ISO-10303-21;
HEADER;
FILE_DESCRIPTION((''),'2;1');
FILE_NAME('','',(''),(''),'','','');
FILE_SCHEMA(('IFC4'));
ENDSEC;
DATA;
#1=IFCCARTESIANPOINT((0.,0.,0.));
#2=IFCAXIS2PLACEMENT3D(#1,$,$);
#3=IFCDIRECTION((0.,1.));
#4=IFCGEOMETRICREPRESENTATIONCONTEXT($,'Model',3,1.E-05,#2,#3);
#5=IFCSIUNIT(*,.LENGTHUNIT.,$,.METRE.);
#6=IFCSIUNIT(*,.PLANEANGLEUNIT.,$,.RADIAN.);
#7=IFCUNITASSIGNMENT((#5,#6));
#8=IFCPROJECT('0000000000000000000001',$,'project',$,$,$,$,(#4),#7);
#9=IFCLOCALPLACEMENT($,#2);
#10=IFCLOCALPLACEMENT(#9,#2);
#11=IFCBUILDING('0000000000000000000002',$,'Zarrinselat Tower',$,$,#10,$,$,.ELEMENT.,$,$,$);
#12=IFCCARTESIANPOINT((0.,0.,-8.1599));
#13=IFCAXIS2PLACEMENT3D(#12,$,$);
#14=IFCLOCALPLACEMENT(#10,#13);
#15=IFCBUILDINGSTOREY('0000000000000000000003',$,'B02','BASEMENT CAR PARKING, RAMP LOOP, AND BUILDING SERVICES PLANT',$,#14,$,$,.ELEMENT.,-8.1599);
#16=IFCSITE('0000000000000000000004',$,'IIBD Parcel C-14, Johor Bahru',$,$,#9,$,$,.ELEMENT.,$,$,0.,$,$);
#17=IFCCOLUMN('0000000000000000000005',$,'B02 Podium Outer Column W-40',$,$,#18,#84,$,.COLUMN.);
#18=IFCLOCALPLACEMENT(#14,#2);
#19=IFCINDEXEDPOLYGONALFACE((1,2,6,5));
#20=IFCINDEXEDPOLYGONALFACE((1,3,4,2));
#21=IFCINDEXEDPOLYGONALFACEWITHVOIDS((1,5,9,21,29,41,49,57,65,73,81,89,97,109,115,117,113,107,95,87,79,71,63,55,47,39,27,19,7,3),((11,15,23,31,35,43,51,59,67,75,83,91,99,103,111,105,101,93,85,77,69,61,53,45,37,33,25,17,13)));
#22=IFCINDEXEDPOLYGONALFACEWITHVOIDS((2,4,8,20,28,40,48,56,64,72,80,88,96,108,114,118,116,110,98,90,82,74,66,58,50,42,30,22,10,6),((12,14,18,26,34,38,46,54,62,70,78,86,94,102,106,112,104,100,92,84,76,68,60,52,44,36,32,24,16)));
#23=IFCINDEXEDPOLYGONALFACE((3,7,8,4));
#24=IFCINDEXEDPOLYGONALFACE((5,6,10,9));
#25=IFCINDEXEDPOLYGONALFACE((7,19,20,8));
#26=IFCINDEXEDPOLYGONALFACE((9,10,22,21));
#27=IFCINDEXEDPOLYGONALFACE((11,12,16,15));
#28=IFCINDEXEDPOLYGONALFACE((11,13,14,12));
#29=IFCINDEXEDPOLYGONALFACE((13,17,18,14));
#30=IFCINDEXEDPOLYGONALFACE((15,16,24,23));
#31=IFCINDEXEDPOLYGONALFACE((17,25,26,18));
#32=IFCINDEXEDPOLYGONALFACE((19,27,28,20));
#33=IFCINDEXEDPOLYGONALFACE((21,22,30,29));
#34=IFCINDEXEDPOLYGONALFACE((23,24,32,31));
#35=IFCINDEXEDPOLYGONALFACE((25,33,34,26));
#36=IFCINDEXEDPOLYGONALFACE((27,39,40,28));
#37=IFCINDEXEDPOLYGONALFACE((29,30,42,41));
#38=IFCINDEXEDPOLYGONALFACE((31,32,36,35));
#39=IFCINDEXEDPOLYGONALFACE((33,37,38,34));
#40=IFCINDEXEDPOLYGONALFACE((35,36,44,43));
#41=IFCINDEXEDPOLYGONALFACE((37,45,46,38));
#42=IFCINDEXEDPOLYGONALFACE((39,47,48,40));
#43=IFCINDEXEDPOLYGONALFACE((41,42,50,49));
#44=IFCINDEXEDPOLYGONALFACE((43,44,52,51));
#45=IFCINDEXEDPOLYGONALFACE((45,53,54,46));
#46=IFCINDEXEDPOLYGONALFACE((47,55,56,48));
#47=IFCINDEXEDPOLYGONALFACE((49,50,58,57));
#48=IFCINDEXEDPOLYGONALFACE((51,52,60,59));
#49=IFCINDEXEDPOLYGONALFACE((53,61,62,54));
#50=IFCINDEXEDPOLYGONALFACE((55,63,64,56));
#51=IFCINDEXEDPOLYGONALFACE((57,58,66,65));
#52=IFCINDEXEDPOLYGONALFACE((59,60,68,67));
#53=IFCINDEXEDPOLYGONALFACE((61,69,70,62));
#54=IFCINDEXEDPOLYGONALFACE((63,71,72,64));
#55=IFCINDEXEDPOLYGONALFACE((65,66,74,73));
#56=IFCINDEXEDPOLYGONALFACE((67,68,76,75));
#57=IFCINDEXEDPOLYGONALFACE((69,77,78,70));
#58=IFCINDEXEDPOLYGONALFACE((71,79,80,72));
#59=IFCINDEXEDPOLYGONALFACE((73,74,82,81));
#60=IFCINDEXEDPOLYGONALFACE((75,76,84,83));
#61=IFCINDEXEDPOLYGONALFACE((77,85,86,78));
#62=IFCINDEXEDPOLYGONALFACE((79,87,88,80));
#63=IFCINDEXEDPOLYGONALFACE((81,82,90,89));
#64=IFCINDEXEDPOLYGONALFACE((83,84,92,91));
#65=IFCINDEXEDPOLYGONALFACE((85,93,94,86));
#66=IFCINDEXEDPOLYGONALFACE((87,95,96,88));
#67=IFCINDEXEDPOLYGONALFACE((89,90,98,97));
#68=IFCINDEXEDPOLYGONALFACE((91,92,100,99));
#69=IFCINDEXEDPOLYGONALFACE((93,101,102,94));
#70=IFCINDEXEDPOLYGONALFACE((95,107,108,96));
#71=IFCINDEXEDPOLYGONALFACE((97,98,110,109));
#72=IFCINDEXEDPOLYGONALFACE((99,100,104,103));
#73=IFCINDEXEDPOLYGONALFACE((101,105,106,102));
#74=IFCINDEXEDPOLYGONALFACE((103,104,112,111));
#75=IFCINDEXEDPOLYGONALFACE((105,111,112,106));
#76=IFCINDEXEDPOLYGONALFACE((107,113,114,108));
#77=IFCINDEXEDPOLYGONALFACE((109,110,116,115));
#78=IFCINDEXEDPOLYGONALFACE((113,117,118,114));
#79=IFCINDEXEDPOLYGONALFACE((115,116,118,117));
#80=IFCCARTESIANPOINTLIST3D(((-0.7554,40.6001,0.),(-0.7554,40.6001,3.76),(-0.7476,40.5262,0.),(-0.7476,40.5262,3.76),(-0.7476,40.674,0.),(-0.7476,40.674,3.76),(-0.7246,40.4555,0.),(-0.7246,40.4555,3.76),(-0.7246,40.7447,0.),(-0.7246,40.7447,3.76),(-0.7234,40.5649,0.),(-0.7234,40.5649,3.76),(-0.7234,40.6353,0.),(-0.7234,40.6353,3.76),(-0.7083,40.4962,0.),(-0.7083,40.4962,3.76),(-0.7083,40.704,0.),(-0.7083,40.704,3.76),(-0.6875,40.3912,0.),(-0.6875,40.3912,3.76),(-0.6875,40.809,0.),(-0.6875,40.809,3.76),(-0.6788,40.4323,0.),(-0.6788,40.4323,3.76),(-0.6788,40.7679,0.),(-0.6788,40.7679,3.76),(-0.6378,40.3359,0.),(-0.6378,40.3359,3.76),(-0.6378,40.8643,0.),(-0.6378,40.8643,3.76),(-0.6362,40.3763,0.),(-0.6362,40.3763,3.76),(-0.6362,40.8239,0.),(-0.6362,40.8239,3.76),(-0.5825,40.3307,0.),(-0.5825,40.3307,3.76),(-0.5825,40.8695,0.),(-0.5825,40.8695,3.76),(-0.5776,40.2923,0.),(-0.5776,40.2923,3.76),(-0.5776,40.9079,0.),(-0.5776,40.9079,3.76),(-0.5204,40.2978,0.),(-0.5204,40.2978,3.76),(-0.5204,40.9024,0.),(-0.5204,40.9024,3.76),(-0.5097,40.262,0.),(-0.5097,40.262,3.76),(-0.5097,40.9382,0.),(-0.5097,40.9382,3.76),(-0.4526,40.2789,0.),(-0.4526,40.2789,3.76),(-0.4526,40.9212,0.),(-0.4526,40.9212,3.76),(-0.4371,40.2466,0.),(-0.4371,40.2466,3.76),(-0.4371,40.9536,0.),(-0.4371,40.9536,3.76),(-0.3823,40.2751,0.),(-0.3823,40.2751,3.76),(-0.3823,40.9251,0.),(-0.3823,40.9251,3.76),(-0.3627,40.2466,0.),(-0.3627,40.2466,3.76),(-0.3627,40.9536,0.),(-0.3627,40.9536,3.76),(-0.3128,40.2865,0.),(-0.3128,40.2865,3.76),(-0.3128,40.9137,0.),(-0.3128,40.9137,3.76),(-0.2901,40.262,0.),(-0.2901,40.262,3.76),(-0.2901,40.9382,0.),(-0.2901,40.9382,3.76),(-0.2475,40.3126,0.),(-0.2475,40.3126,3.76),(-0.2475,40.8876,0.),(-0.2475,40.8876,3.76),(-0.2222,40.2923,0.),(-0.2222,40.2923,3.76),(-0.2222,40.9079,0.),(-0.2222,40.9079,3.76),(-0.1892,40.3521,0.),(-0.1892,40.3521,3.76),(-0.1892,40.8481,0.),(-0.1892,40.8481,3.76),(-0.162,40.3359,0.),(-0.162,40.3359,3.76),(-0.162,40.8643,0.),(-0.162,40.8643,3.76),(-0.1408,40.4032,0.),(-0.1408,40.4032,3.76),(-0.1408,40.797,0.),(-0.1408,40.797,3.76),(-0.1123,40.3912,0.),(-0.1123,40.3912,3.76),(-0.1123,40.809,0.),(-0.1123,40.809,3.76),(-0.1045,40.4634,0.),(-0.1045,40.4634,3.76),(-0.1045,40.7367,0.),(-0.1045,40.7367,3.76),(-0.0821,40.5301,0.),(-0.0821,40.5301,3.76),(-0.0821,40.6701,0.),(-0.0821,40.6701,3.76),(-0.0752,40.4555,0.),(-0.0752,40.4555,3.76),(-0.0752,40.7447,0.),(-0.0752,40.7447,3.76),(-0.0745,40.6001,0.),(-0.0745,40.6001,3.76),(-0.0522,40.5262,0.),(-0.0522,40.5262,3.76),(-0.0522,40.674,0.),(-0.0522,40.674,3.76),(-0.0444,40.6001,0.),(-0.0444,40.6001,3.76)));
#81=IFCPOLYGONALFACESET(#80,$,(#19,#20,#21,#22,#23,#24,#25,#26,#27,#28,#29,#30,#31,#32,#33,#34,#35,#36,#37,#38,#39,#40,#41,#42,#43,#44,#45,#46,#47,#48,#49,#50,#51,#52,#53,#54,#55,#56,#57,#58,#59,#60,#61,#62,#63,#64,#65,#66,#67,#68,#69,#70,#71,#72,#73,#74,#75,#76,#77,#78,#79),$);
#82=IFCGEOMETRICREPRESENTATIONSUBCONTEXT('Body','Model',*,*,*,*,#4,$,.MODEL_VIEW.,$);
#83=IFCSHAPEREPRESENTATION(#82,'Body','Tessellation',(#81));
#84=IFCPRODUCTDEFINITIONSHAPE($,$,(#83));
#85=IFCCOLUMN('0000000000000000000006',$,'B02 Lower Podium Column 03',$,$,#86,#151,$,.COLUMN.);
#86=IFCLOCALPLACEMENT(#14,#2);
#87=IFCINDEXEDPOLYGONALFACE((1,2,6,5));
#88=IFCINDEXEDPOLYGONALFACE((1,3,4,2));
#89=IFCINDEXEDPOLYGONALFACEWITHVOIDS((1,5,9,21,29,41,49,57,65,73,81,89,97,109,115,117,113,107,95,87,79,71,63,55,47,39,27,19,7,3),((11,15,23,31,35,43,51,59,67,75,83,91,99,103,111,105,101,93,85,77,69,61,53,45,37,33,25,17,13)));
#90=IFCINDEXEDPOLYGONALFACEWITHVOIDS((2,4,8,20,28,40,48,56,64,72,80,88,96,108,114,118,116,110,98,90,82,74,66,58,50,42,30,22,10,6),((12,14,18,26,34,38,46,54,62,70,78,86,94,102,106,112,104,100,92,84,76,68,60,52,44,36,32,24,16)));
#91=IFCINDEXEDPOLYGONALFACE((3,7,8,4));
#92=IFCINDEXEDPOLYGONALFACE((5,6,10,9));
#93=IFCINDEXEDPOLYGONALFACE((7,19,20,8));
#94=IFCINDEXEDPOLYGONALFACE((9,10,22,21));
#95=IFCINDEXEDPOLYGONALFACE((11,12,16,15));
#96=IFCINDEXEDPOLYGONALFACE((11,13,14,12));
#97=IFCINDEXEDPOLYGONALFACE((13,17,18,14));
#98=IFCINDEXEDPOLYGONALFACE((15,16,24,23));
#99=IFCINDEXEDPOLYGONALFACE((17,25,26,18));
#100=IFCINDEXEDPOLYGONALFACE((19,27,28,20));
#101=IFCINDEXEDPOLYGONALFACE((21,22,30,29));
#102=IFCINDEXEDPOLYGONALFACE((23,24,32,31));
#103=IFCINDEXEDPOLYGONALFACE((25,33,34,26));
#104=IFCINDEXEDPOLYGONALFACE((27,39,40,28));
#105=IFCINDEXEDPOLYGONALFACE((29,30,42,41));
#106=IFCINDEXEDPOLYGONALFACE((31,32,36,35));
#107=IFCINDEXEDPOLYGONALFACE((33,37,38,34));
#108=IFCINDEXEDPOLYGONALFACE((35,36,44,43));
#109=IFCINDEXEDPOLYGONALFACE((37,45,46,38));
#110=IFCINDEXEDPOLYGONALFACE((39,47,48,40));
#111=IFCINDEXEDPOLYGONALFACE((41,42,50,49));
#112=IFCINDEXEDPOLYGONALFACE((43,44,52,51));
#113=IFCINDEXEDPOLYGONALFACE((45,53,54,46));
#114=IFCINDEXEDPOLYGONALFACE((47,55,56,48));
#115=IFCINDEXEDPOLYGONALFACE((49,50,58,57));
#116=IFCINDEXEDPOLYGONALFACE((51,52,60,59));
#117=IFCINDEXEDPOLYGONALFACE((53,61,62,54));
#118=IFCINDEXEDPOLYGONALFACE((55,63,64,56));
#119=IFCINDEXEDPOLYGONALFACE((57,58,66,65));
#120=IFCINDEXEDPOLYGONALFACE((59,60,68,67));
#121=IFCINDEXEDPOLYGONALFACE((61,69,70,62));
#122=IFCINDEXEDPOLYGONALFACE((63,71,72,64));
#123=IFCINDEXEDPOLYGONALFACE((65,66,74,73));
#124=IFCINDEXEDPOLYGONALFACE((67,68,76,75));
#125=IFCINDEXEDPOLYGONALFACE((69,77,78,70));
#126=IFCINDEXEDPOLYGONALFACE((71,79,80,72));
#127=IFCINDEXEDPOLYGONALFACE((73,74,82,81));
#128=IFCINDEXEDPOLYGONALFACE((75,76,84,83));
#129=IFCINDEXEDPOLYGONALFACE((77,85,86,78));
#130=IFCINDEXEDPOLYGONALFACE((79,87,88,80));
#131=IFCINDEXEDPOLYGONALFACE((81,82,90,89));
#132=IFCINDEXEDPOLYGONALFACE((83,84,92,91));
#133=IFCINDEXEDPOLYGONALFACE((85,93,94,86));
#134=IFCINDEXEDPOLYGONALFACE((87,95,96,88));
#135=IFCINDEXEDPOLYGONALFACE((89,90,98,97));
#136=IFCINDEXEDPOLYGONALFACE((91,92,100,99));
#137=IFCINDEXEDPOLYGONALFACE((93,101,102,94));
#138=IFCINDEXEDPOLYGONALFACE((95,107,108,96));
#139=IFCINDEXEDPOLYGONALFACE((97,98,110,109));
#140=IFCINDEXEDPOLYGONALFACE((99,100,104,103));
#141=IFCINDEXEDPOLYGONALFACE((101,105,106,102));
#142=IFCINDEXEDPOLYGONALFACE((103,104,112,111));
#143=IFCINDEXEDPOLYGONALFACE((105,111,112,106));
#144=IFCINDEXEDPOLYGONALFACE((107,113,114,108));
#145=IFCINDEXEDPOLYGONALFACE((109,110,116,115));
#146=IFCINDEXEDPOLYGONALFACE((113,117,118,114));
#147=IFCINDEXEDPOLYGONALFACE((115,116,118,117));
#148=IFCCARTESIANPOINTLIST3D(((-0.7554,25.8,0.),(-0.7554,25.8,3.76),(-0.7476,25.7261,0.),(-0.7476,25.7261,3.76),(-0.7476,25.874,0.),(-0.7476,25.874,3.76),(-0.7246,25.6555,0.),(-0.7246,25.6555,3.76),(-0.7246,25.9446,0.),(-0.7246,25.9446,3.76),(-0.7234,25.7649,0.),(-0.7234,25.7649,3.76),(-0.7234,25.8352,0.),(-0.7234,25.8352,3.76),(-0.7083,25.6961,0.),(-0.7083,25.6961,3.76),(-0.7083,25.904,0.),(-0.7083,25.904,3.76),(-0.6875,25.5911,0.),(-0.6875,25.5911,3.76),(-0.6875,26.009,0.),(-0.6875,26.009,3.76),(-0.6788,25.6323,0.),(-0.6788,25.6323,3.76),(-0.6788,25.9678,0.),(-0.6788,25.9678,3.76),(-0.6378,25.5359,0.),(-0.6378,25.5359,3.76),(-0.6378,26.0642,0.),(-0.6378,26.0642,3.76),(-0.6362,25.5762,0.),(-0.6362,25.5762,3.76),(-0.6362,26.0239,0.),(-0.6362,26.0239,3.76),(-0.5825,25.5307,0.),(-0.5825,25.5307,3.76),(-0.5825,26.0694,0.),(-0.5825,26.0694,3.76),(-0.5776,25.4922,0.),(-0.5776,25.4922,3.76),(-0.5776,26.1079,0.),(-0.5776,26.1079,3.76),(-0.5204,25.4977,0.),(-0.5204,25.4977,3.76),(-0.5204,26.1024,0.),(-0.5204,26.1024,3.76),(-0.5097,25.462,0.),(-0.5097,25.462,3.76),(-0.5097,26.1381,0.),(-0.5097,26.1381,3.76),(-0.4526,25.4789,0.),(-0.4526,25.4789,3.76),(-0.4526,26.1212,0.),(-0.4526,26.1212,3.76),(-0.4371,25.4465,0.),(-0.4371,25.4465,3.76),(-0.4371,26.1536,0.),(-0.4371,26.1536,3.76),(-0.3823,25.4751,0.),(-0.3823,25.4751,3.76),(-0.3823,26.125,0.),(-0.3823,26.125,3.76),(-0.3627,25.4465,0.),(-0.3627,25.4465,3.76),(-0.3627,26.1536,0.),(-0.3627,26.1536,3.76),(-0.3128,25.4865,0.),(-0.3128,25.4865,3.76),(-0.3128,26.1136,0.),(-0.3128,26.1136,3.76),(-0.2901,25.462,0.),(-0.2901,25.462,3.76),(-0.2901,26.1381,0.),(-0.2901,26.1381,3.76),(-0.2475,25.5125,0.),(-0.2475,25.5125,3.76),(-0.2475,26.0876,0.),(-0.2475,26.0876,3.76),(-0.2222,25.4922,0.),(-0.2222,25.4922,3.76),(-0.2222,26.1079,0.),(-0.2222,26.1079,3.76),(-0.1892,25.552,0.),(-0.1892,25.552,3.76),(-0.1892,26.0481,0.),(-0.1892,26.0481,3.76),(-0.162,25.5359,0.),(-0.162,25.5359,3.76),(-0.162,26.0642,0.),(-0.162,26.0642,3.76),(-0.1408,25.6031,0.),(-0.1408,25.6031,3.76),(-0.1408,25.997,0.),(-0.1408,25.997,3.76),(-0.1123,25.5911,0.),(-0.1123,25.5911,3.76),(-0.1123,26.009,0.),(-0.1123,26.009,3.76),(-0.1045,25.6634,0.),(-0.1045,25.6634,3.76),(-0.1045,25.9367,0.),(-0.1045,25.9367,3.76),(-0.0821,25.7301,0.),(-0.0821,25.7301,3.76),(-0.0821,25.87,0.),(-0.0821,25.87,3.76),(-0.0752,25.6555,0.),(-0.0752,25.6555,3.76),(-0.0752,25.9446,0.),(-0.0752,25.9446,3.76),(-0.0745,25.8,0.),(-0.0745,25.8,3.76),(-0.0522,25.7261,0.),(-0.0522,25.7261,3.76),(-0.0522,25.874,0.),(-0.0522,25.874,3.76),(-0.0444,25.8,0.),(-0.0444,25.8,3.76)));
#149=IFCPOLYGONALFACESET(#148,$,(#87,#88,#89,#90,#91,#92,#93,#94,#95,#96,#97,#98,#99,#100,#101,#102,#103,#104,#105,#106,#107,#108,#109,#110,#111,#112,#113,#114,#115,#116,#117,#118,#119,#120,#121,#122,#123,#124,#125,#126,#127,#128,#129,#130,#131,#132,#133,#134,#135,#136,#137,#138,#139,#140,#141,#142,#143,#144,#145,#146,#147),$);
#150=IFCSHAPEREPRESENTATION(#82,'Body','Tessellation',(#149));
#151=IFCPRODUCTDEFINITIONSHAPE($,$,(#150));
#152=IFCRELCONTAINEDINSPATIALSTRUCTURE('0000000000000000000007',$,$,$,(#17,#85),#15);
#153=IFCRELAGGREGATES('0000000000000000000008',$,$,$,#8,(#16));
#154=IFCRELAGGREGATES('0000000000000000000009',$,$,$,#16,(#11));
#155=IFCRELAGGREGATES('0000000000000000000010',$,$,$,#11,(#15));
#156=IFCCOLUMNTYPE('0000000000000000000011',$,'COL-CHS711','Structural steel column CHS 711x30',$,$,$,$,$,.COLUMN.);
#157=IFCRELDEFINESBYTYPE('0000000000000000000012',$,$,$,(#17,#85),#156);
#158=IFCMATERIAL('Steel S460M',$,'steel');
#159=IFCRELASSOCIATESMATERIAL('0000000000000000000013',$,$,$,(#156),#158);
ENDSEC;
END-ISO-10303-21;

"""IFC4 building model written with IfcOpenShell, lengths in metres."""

from ifc_helpers import new_model, si_unit, direction, frame, origin, origin_2d, place, context, subcontext, project, spatial, hollow_circle, extrude, material, material_profile, profile_set, type_object, element, save


model = new_model("IFC4")

# Units and contexts
model_context = context("Model", 3, precision=1e-05, world=origin(), true_north=direction((0.0, 1.0)))
body_context = subcontext(model_context, "Body", "Model", "MODEL_VIEW")
ifc_project = project(units=[si_unit("LENGTHUNIT", "METRE"), si_unit("PLANEANGLEUNIT", "RADIAN")], contexts=[model_context])

# Site, building, storey
site_placement = place(None, origin())
site = spatial("IfcSite", under=ifc_project, at=site_placement, Name="IIBD Parcel C-14, Johor Bahru", CompositionType="ELEMENT", RefElevation=0.0)
building_placement = place(site_placement, origin())
building = spatial("IfcBuilding", under=site, at=building_placement, Name="Zarrinselat Tower", CompositionType="ELEMENT")
storey_placement = place(building_placement, frame((0.0, 0.0, -8.1599)))
storey = spatial("IfcBuildingStorey", under=building, at=storey_placement, Name="B02", Description="BASEMENT CAR PARKING, RAMP LOOP, AND BUILDING SERVICES PLANT", CompositionType="ELEMENT", Elevation=-8.1599)

# Columns
ifc_material_1 = material(Name="Steel S460M", Category="steel")
ifc_material_profile_1 = material_profile(ifc_material_1, hollow_circle(Radius=0.3555, WallThickness=0.03, at=origin_2d()), Name="CHS 711x30")
ifc_profile_set_1 = profile_set([ifc_material_profile_1], Name="Steel S460M")
column_type_1 = type_object("IfcColumnType", Name="COL-CHS711", Description="Structural steel column CHS 711x30", PredefinedType="COLUMN", material=ifc_profile_set_1)
for number, where, z_axis, x_axis, name in (
    (1, (-0.3999, 40.6001, 0.0), (0.0, 0.0, 1.0), (1.0, 0.0, 0.0), "B02 Podium Outer Column W-40"),
    (2, (-0.3999, 25.8, 0.0), (0.0, 0.0, 1.0), (1.0, 0.0, 0.0), "B02 Lower Podium Column 03"),
):
    element("IfcColumn", number, at=place(storey_placement, frame(where, z_axis=z_axis, x_axis=x_axis)), inside=storey, type_object=column_type_1, Name=name, PredefinedType="COLUMN", context=body_context, shape_type="SweptSolid", body=[
        extrude(hollow_circle(Radius=0.3555, WallThickness=0.03, at=origin_2d()), origin(), (0.0, 0.0, 1.0), 3.76),
    ])

save(model, "model.ifc")
